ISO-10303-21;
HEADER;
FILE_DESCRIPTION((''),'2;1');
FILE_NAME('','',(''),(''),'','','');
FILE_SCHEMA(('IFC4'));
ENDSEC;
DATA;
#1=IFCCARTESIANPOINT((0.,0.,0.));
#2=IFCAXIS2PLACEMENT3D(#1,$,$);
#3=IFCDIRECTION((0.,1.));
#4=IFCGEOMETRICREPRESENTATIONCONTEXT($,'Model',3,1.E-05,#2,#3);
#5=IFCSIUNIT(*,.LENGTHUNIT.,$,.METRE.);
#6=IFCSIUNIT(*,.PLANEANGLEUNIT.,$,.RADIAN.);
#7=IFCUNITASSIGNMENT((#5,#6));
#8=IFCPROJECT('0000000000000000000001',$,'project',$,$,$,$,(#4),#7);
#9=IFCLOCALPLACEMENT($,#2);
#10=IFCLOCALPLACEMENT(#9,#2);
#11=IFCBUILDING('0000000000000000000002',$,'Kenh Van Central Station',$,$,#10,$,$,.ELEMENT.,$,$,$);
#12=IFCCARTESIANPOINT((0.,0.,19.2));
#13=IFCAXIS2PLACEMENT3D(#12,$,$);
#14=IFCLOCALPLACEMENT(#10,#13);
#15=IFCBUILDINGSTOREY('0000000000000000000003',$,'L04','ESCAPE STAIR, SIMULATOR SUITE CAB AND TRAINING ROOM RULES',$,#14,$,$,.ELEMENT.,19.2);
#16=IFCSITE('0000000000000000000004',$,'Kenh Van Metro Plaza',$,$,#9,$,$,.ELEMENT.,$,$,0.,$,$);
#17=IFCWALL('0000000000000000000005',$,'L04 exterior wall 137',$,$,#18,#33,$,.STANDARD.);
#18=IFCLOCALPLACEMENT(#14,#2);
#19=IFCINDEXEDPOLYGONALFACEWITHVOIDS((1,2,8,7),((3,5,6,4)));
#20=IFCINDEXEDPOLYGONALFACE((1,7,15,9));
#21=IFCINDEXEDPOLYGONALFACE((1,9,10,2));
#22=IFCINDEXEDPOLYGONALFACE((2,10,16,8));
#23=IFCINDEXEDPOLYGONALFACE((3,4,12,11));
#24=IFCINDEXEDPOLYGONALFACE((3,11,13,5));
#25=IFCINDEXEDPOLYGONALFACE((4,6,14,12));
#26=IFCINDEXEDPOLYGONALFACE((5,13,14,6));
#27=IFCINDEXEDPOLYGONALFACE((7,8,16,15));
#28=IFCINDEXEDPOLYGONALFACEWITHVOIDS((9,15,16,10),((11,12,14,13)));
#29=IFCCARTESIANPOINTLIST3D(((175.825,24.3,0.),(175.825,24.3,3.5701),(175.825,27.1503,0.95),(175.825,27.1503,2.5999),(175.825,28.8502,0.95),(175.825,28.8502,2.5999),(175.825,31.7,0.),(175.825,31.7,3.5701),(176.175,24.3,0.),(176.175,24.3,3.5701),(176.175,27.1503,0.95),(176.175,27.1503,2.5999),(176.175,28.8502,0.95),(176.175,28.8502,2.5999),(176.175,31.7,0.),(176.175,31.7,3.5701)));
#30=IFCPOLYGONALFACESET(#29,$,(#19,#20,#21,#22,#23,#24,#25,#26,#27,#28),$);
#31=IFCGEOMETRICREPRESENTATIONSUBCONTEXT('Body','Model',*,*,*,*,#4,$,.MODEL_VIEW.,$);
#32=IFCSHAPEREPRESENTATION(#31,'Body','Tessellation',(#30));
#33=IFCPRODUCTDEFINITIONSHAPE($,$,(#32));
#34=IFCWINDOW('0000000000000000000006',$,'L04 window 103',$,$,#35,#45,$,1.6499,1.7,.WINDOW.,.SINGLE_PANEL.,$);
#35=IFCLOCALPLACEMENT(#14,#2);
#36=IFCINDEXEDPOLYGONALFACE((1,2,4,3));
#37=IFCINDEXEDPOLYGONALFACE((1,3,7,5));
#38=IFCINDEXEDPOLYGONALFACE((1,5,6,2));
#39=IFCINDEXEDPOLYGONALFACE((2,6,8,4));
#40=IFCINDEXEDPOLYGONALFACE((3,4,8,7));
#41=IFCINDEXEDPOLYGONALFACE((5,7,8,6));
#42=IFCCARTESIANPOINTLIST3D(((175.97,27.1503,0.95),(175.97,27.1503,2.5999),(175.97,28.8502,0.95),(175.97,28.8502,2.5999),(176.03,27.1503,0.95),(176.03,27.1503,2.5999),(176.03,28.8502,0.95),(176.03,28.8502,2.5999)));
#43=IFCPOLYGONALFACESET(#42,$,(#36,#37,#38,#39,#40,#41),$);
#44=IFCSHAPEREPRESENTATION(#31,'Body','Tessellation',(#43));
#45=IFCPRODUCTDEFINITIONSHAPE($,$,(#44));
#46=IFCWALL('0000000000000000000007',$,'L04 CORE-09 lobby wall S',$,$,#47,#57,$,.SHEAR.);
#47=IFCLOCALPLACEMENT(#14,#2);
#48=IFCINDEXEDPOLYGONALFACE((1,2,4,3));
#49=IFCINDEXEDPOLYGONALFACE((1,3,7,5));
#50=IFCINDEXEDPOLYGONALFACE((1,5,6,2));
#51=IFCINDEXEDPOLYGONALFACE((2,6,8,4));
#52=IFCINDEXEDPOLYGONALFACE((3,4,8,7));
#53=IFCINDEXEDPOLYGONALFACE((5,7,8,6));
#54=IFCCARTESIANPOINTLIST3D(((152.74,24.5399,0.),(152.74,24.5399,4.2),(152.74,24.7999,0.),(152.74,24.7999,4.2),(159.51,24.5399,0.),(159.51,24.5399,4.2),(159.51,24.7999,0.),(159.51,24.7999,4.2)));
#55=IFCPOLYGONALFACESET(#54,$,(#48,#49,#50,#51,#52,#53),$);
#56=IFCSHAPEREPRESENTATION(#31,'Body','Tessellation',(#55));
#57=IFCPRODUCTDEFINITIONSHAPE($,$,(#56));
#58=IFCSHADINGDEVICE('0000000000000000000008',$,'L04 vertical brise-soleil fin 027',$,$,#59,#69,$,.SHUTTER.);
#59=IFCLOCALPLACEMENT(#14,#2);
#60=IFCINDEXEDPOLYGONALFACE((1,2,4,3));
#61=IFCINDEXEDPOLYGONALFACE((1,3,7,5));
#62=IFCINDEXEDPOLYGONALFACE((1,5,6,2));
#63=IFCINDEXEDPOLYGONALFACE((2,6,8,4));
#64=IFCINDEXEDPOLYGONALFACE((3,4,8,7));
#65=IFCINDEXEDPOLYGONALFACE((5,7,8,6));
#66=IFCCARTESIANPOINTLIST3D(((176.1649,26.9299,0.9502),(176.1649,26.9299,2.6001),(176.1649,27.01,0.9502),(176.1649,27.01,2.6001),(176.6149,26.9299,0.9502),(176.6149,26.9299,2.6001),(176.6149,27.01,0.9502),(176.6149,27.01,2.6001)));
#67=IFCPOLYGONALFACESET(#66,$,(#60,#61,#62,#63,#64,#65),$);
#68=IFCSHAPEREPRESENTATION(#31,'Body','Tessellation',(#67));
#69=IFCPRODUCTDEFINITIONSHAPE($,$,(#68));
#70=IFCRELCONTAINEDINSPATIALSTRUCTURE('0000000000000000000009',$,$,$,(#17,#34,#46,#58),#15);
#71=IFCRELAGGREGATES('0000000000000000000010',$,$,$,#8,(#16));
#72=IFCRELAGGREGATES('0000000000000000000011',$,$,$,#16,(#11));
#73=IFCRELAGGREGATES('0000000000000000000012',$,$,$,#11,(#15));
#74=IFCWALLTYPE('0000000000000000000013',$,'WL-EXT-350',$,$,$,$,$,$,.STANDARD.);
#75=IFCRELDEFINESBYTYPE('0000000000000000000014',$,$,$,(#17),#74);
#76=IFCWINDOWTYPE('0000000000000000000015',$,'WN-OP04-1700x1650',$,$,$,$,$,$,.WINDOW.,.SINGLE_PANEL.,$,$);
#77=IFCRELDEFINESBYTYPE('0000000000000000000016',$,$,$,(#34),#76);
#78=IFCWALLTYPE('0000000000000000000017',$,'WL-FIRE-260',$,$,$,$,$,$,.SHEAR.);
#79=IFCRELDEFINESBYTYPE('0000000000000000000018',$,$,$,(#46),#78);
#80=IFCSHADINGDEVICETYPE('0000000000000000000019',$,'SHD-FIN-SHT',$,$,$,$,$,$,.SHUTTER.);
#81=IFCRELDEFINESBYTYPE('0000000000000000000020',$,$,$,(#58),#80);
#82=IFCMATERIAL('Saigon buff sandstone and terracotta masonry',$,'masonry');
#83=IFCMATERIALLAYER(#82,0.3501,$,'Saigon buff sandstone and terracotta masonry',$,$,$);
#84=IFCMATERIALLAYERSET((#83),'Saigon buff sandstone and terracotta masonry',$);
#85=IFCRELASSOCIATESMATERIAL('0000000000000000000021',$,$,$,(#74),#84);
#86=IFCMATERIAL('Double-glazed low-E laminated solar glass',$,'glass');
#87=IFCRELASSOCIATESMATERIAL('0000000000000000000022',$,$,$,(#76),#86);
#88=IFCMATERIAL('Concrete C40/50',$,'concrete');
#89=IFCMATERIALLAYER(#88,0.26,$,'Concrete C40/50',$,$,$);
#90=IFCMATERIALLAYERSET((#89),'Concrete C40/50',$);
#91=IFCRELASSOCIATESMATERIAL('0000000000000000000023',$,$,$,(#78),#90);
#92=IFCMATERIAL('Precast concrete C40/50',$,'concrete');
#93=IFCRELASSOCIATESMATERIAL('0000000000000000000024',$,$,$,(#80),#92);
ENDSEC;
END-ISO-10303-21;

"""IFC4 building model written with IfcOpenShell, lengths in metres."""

from ifc_helpers import new_model, si_unit, direction, frame, frame_2d, origin, origin_2d, place, context, subcontext, project, spatial, rectangle, extrude, material, layer, layer_set, type_object, element, fill, save


model = new_model("IFC4")

# Units and contexts
model_context = context("Model", 3, precision=1e-05, world=origin(), true_north=direction((0.0, 1.0)))
body_context = subcontext(model_context, "Body", "Model", "MODEL_VIEW")
ifc_project = project(units=[si_unit("LENGTHUNIT", "METRE"), si_unit("PLANEANGLEUNIT", "RADIAN")], contexts=[model_context])

# Site, building, storey
site_placement = place(None, origin())
site = spatial("IfcSite", under=ifc_project, at=site_placement, Name="Kenh Van Metro Plaza", CompositionType="ELEMENT", RefElevation=0.0)
building_placement = place(site_placement, origin())
building = spatial("IfcBuilding", under=site, at=building_placement, Name="Kenh Van Central Station", CompositionType="ELEMENT")
storey_placement = place(building_placement, frame((0.0, 0.0, 19.2)))
storey = spatial("IfcBuildingStorey", under=building, at=storey_placement, Name="L04", Description="ESCAPE STAIR, SIMULATOR SUITE CAB AND TRAINING ROOM RULES", CompositionType="ELEMENT", Elevation=19.2)

# Shared definitions
ifc_material_1 = material(Name="Concrete C40/50", Category="concrete")

# Wall, opening, window
ifc_material_2 = material(Name="Saigon buff sandstone and terracotta masonry", Category="masonry")
ifc_material_3 = material(Name="Double-glazed low-E laminated solar glass", Category="glass")
ifc_layer_1 = layer(ifc_material_2, 0.3501, Name="Saigon buff sandstone and terracotta masonry")
ifc_layer_set_1 = layer_set([ifc_layer_1], Name="Saigon buff sandstone and terracotta masonry")
wall_type_1 = type_object("IfcWallType", Name="WL-EXT-350", PredefinedType="STANDARD", material=ifc_layer_set_1)
wall_1_placement = place(storey_placement, frame((176.0, 24.3, 0.0), z_axis=(0.0, 0.0, 1.0), x_axis=(0.0, 1.0, 0.0)))
wall_1 = element("IfcWall", 1, at=wall_1_placement, inside=storey, type_object=wall_type_1, Name="L04 exterior wall 137", PredefinedType="STANDARD", context=body_context, shape_type="SweptSolid", body=[
    extrude(rectangle(XDim=7.3999, YDim=0.3501, at=frame_2d((3.7, 0.0))), origin(), (0.0, 0.0, 1.0), 3.5701),
])
opening_1_placement = place(wall_1_placement, frame((2.8501, 0.0, 0.95)))
opening_1 = element("IfcOpeningElement", 2, at=opening_1_placement, cuts=wall_1, PredefinedType="OPENING", context=body_context, shape_type="SweptSolid", body=[
    extrude(rectangle(XDim=1.7, YDim=1.6499, at=frame_2d((0.8501, 0.825))), frame((0.0, 0.1851, 0.0), z_axis=(0.0, -1.0, 0.0), x_axis=(1.0, 0.0, 0.0)), (0.0, 0.0, 1.0), 0.3701),
])
window_type_1 = type_object("IfcWindowType", Name="WN-OP04-1700x1650", PartitioningType="SINGLE_PANEL", PredefinedType="WINDOW", material=ifc_material_3)
window_1_placement = place(opening_1_placement, origin())
window_1 = element("IfcWindow", 3, at=window_1_placement, inside=storey, type_object=window_type_1, Name="L04 window 103", OverallHeight=1.6499, OverallWidth=1.7, PartitioningType="SINGLE_PANEL", PredefinedType="WINDOW", context=body_context, shape_type="SweptSolid", body=[
    extrude(rectangle(XDim=1.7, YDim=1.6499, at=frame_2d((0.8501, 0.825))), frame((0.0, 0.03, 0.0), z_axis=(0.0, -1.0, 0.0), x_axis=(1.0, 0.0, 0.0)), (0.0, 0.0, 1.0), 0.0601),
])
fill(opening_1, window_1)

# Wall
ifc_layer_2 = layer(ifc_material_1, 0.26, Name="Concrete C40/50")
ifc_layer_set_2 = layer_set([ifc_layer_2], Name="Concrete C40/50")
wall_type_2 = type_object("IfcWallType", Name="WL-FIRE-260", PredefinedType="SHEAR", material=ifc_layer_set_2)
wall_2_placement = place(storey_placement, frame((159.51, 24.6699, 0.0), z_axis=(0.0, 0.0, 1.0), x_axis=(-1.0, 0.0, 0.0)))
element("IfcWall", 4, at=wall_2_placement, inside=storey, type_object=wall_type_2, Name="L04 CORE-09 lobby wall S", PredefinedType="SHEAR", context=body_context, shape_type="SweptSolid", body=[
    extrude(rectangle(XDim=6.77, YDim=0.26, at=frame_2d((3.385, 0.0))), origin(), (0.0, 0.0, 1.0), 4.2),
])

# Shading device
ifc_material_4 = material(Name="Precast concrete C40/50", Category="concrete")
shading_device_type = type_object("IfcShadingDeviceType", Name="SHD-FIN-SHT", PredefinedType="SHUTTER", material=ifc_material_4)
shading_device_placement = place(storey_placement, frame((176.3899, 26.97, 0.9502), z_axis=(0.0, 0.0, 1.0), x_axis=(1.0, 0.0, 0.0)))
element("IfcShadingDevice", 5, at=shading_device_placement, inside=storey, type_object=shading_device_type, Name="L04 vertical brise-soleil fin 027", PredefinedType="SHUTTER", context=body_context, shape_type="SweptSolid", body=[
    extrude(rectangle(XDim=0.45, YDim=0.0801, at=origin_2d()), origin(), (0.0, 0.0, 1.0), 1.6499),
])

save(model, "model.ifc")
